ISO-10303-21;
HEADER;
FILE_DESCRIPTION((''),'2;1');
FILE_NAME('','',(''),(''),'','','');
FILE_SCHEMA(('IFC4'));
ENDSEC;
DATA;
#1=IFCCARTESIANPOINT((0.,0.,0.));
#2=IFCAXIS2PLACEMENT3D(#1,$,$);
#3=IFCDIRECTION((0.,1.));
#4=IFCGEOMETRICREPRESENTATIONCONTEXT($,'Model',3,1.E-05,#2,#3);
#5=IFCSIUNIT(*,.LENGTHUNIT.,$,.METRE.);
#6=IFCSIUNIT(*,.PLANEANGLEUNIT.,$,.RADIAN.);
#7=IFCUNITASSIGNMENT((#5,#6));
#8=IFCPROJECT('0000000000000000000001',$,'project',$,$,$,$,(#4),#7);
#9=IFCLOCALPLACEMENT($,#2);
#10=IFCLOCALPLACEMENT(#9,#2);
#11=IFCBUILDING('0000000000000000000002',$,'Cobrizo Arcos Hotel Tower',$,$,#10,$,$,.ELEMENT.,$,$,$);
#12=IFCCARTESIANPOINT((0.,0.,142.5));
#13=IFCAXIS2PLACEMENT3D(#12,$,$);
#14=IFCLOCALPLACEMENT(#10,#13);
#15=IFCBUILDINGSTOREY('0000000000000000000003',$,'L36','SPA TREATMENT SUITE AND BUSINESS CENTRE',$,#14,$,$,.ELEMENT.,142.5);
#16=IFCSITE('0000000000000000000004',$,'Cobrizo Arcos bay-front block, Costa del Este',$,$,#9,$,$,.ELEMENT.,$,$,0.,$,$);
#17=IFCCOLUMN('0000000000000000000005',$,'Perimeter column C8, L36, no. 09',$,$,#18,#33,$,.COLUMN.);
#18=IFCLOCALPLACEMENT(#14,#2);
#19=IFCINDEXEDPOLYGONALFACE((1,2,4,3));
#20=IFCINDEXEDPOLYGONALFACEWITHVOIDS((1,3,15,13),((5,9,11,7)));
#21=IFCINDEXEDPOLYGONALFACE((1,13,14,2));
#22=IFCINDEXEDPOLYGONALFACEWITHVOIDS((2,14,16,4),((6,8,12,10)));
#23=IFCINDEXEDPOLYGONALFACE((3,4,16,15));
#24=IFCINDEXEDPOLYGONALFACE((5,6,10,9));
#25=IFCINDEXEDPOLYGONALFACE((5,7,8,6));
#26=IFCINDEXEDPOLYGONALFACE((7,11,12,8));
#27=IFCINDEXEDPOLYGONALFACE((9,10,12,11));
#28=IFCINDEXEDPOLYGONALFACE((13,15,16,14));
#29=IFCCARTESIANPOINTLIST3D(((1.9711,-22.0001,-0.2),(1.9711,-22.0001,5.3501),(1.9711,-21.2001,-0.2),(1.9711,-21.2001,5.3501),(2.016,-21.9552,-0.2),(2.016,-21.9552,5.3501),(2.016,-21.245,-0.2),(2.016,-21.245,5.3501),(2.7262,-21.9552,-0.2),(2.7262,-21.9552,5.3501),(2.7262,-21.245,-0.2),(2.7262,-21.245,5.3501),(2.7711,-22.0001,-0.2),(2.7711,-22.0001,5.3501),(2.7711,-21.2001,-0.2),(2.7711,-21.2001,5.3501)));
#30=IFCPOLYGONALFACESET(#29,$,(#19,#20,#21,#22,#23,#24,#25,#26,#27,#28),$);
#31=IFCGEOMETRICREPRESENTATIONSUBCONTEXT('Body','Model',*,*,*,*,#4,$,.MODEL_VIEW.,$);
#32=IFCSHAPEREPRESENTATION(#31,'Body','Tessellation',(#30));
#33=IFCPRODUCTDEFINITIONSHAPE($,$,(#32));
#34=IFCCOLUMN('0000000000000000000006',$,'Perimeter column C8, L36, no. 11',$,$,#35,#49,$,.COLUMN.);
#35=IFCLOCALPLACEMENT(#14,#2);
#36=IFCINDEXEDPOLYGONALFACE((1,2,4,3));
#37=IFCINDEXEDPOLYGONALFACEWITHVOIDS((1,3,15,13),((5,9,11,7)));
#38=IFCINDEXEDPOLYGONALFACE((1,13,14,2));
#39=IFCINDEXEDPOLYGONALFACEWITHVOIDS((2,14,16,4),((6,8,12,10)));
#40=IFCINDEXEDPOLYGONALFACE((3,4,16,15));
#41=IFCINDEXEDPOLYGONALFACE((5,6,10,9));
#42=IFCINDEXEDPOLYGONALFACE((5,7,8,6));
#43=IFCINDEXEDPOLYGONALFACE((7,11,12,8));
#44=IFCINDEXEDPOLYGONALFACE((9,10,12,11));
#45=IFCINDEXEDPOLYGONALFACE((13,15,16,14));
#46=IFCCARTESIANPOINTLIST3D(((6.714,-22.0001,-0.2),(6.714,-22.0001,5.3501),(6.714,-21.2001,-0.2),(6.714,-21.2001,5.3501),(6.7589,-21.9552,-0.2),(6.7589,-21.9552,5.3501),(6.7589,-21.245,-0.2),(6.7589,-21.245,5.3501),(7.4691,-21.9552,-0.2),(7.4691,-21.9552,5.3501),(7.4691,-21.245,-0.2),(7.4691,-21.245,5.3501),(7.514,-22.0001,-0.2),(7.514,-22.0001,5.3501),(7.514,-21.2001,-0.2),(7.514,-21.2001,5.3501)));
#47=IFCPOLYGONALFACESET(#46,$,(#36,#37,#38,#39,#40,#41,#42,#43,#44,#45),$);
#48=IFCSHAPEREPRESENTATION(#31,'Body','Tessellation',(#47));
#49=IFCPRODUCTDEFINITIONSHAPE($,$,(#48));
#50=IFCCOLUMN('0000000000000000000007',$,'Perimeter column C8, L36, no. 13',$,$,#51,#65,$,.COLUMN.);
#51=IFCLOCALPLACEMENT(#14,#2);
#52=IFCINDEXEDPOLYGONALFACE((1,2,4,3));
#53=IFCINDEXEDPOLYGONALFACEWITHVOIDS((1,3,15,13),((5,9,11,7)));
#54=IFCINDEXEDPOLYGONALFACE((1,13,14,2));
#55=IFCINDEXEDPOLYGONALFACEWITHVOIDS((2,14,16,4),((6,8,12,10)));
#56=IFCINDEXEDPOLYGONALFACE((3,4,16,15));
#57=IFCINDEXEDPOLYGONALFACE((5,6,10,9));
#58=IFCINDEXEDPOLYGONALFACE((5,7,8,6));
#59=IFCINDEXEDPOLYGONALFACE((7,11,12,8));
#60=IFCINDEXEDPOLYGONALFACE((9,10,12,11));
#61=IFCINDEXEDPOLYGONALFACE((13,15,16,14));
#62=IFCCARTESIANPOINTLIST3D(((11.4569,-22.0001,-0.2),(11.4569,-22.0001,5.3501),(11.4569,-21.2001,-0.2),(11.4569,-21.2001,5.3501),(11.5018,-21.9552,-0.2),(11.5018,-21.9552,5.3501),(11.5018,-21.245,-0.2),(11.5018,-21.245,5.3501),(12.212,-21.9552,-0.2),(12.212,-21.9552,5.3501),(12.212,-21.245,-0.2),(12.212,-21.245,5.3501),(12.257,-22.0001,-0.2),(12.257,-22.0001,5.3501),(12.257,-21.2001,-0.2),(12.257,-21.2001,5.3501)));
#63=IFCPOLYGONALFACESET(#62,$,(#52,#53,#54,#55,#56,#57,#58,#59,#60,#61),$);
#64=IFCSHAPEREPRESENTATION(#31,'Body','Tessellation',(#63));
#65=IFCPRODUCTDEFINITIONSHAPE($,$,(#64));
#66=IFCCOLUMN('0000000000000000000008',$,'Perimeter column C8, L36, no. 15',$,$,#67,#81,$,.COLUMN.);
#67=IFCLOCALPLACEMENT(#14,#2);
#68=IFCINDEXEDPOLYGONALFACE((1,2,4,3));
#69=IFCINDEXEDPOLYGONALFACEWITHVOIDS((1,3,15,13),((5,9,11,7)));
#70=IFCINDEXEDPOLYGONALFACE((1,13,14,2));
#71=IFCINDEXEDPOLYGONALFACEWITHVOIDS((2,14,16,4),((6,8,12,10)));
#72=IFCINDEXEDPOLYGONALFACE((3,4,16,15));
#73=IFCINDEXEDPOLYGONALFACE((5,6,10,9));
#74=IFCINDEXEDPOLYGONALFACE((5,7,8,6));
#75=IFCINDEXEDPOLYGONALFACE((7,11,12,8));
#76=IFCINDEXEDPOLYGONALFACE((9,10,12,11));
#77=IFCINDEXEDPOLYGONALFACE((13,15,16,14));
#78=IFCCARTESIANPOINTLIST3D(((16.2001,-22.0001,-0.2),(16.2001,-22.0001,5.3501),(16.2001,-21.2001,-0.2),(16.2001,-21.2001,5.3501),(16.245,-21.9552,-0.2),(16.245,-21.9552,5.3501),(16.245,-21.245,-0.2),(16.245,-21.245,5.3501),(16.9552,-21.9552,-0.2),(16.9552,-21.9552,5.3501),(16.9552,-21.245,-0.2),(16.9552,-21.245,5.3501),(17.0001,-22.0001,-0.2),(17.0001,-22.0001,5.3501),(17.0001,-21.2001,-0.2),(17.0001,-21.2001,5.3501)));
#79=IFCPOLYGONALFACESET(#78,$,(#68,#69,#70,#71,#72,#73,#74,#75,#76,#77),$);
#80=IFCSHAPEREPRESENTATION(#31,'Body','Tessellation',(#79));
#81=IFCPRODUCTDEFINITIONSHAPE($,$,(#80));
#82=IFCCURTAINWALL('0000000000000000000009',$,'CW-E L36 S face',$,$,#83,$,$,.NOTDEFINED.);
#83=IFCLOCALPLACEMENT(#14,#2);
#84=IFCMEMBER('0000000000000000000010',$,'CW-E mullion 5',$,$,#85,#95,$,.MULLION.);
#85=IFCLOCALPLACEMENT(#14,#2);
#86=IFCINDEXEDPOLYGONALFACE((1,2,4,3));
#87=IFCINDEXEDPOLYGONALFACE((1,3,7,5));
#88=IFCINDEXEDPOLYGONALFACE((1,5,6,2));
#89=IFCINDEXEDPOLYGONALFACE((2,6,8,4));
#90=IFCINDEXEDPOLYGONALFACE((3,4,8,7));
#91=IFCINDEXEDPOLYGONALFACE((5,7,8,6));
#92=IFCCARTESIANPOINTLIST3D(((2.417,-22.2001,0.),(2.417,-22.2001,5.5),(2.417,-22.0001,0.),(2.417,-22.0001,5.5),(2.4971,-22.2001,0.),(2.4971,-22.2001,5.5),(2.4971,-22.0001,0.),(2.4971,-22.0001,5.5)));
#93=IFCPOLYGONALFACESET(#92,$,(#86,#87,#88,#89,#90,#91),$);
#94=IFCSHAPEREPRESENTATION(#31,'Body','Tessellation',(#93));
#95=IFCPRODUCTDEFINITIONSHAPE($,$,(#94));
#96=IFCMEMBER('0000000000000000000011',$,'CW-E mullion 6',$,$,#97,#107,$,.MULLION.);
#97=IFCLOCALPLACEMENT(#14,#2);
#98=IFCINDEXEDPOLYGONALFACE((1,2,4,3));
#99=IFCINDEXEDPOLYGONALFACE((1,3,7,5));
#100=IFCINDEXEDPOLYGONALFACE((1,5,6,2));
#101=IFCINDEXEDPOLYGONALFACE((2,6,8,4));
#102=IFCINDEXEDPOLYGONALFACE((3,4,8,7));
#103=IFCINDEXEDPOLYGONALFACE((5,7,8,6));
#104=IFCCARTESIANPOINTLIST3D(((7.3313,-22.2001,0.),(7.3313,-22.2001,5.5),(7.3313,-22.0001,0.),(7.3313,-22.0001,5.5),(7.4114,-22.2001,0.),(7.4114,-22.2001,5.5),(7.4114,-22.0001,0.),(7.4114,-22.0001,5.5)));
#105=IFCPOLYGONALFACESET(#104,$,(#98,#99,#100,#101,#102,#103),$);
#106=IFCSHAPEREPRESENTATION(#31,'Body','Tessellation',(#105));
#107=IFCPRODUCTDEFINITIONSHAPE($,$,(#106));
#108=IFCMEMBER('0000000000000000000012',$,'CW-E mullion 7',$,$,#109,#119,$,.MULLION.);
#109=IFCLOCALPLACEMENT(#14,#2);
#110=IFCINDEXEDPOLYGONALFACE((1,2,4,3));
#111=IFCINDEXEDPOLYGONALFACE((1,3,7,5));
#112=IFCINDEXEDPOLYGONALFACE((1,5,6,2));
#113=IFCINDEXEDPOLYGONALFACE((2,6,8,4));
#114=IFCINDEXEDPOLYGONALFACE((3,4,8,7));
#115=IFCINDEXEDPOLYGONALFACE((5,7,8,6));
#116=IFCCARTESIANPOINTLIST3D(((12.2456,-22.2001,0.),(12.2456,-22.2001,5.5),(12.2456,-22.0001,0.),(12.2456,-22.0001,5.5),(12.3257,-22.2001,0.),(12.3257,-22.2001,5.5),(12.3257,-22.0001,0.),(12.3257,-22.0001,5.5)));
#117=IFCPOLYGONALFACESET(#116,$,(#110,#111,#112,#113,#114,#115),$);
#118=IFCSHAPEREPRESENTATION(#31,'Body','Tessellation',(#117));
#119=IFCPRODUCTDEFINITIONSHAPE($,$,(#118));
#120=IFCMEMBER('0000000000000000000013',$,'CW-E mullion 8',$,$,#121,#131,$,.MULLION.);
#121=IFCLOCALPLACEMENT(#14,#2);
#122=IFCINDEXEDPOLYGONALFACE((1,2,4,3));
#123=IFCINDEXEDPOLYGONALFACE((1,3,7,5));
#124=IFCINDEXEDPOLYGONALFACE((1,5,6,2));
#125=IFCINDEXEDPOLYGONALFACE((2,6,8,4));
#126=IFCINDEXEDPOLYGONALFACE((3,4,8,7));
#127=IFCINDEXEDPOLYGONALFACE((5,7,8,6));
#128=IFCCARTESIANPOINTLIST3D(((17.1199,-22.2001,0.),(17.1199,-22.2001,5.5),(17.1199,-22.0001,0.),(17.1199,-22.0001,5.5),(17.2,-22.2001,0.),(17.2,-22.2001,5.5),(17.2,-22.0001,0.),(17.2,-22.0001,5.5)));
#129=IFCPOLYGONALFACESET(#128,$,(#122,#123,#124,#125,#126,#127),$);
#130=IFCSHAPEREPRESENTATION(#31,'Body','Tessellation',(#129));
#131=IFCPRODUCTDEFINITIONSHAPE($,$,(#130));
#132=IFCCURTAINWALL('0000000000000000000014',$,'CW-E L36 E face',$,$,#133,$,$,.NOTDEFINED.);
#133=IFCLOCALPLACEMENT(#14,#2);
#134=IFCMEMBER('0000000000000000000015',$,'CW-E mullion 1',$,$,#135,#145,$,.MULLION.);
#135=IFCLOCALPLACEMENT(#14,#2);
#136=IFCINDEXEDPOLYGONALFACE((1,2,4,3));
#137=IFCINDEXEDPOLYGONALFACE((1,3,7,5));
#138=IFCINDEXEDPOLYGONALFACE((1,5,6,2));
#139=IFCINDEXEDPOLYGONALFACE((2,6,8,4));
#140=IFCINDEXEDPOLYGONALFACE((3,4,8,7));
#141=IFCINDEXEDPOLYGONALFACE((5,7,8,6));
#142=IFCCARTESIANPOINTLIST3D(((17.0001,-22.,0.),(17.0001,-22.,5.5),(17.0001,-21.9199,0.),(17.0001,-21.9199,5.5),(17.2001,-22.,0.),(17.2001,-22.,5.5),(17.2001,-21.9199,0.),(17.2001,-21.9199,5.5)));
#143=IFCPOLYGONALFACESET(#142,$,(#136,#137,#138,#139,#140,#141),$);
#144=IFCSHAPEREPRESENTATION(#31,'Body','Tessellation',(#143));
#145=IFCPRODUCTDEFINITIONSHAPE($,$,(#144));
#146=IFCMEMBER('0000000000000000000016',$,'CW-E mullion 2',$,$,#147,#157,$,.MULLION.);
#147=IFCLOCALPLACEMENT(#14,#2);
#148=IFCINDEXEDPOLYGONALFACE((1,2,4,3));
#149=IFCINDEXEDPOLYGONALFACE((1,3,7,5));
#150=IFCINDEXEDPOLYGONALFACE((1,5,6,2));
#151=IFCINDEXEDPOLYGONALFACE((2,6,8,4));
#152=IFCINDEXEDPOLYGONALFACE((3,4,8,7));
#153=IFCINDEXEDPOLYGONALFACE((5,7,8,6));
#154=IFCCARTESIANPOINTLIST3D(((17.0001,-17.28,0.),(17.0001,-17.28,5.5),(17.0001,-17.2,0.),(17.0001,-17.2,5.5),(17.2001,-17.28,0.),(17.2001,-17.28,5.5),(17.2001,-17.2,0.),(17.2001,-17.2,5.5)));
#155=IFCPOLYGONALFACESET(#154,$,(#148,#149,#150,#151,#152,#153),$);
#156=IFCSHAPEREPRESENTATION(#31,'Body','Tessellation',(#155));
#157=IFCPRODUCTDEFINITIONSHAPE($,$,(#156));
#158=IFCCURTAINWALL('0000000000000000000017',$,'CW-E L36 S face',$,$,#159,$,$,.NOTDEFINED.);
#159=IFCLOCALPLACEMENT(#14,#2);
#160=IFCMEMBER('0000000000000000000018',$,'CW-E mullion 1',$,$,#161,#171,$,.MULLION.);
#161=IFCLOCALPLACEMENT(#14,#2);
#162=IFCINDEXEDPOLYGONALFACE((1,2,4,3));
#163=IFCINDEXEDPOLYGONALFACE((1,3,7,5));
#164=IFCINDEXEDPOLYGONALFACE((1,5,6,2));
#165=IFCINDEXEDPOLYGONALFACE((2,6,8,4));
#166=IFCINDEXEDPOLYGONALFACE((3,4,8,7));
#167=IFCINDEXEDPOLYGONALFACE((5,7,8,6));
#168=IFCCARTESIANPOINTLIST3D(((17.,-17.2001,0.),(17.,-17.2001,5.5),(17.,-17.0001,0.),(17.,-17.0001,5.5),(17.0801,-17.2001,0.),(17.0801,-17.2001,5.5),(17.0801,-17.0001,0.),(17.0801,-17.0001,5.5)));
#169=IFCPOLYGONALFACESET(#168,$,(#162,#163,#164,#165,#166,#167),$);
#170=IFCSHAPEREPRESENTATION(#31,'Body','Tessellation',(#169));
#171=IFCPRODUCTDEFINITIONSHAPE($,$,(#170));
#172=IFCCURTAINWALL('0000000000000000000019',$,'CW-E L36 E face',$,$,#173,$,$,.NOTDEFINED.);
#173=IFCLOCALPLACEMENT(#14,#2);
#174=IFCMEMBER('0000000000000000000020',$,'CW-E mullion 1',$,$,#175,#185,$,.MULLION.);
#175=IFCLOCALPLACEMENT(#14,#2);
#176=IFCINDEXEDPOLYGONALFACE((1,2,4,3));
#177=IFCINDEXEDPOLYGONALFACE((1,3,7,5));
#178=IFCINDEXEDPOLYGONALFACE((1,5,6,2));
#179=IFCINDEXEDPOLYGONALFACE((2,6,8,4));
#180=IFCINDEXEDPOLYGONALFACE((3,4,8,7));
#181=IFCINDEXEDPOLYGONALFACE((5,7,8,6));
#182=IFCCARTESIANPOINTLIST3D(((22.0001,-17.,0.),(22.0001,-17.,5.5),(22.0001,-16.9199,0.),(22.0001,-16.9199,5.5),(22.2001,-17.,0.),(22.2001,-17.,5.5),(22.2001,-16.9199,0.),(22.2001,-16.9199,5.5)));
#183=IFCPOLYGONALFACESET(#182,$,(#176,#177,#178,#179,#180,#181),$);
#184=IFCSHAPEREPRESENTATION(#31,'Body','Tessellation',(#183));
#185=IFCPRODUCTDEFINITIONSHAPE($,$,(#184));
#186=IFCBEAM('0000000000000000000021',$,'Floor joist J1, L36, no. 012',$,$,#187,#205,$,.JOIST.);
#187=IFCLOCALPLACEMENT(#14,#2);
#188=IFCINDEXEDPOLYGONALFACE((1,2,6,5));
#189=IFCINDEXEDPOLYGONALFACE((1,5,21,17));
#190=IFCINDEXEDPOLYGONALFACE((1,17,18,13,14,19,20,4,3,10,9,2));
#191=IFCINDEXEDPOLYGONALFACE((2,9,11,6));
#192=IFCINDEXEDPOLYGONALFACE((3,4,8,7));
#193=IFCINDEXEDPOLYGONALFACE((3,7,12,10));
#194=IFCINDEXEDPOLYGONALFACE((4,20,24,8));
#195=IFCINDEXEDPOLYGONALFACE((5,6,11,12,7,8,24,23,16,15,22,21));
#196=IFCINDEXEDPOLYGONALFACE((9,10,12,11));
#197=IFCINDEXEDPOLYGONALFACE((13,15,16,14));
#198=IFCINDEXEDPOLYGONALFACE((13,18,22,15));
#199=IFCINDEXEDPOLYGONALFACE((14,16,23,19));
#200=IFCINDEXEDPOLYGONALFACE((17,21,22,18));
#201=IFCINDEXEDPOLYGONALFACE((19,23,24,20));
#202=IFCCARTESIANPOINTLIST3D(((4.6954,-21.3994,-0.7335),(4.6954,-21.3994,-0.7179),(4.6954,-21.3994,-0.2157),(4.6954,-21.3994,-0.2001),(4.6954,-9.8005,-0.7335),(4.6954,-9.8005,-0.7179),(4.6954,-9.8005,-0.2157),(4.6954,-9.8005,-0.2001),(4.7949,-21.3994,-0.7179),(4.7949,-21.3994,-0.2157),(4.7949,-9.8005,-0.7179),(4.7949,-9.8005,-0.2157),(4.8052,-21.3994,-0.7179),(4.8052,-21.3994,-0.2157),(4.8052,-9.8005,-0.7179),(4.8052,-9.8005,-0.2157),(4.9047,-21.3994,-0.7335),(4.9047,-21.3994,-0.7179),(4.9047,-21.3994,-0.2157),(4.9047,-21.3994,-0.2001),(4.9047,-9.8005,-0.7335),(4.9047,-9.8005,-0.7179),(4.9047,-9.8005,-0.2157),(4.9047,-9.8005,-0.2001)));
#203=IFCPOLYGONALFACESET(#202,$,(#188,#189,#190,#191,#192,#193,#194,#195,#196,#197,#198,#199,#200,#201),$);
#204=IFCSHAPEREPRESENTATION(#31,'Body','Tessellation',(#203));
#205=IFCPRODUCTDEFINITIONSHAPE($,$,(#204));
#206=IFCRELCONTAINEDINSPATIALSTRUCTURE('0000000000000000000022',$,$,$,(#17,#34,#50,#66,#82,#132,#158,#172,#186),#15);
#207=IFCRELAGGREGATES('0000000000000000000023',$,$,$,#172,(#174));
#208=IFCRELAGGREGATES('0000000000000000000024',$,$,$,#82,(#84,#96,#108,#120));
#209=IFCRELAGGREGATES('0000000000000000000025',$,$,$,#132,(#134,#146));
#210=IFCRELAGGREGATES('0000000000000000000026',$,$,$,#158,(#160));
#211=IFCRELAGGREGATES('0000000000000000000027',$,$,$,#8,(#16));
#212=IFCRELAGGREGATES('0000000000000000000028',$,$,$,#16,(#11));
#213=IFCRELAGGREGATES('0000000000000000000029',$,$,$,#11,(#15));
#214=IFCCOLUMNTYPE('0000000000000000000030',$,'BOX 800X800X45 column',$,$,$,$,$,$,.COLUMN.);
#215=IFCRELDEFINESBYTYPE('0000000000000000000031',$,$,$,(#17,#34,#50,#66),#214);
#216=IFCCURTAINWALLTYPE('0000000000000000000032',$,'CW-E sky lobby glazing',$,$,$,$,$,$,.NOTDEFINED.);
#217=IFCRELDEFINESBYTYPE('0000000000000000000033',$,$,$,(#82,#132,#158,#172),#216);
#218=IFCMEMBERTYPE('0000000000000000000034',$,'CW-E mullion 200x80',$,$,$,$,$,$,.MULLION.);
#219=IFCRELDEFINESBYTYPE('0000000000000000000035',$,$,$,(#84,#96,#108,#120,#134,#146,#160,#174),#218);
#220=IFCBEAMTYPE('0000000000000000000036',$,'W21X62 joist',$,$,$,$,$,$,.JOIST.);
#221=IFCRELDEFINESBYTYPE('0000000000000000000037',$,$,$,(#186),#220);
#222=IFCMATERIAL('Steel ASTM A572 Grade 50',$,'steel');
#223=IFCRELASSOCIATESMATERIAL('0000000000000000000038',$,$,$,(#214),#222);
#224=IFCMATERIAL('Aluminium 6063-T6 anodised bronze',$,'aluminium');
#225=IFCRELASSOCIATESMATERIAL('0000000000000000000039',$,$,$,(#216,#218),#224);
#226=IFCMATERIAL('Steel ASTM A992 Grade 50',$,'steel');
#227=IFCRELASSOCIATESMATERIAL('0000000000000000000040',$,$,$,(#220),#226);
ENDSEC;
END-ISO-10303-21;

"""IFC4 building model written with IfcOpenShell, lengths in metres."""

from ifc_helpers import new_model, si_unit, direction, frame, origin, origin_2d, place, context, subcontext, project, spatial, rectangle, hollow_rectangle, i_section, extrude, material, material_profile, profile_set, type_object, element, aggregate, save


model = new_model("IFC4")

# Units and contexts
model_context = context("Model", 3, precision=1e-05, world=origin(), true_north=direction((0.0, 1.0)))
body_context = subcontext(model_context, "Body", "Model", "MODEL_VIEW")
ifc_project = project(units=[si_unit("LENGTHUNIT", "METRE"), si_unit("PLANEANGLEUNIT", "RADIAN")], contexts=[model_context])

# Site, building, storey
site_placement = place(None, origin())
site = spatial("IfcSite", under=ifc_project, at=site_placement, Name="Cobrizo Arcos bay-front block, Costa del Este", CompositionType="ELEMENT", RefElevation=0.0)
building_placement = place(site_placement, origin())
building = spatial("IfcBuilding", under=site, at=building_placement, Name="Cobrizo Arcos Hotel Tower", CompositionType="ELEMENT")
storey_placement = place(building_placement, frame((0.0, 0.0, 142.5)))
storey = spatial("IfcBuildingStorey", under=building, at=storey_placement, Name="L36", Description="SPA TREATMENT SUITE AND BUSINESS CENTRE", CompositionType="ELEMENT", Elevation=142.5)

# Columns
ifc_material_1 = material(Name="Steel ASTM A572 Grade 50", Category="steel")
ifc_material_profile_1 = material_profile(ifc_material_1, hollow_rectangle(XDim=0.8, YDim=0.8, WallThickness=0.0449, at=origin_2d()), Name="BOX 800X800X45")
ifc_profile_set_1 = profile_set([ifc_material_profile_1], Name="Steel ASTM A572 Grade 50")
column_type = type_object("IfcColumnType", Name="BOX 800X800X45 column", PredefinedType="COLUMN", material=ifc_profile_set_1)
for number, where, z_axis, x_axis, name in (
    (1, (2.3711, -21.6001, -0.2), (0.0, 0.0, 1.0), (1.0, 0.0, 0.0), "Perimeter column C8, L36, no. 09"),
    (2, (7.114, -21.6001, -0.2), (0.0, 0.0, 1.0), (1.0, 0.0, 0.0), "Perimeter column C8, L36, no. 11"),
    (3, (11.8569, -21.6001, -0.2), (0.0, 0.0, 1.0), (1.0, 0.0, 0.0), "Perimeter column C8, L36, no. 13"),
    (4, (16.6001, -21.6001, -0.2), (0.0, 0.0, 1.0), (1.0, 0.0, 0.0), "Perimeter column C8, L36, no. 15"),
):
    element("IfcColumn", number, at=place(storey_placement, frame(where, z_axis=z_axis, x_axis=x_axis)), inside=storey, type_object=column_type, Name=name, PredefinedType="COLUMN", context=body_context, shape_type="SweptSolid", body=[
        extrude(hollow_rectangle(XDim=0.8, YDim=0.8, WallThickness=0.0449, at=origin_2d()), origin(), (0.0, 0.0, 1.0), 5.55),
    ])

# Curtain walls, members
ifc_material_2 = material(Name="Aluminium 6063-T6 anodised bronze", Category="aluminium")
curtain_wall_type = type_object("IfcCurtainWallType", Name="CW-E sky lobby glazing", PredefinedType="NOTDEFINED", material=ifc_material_2)
curtain_wall_1_placement = place(storey_placement, origin())
curtain_wall_1 = element("IfcCurtainWall", 5, at=curtain_wall_1_placement, inside=storey, type_object=curtain_wall_type, Name="CW-E L36 S face", PredefinedType="NOTDEFINED")
ifc_material_profile_2 = material_profile(ifc_material_2, rectangle(XDim=0.2, YDim=0.0801, at=origin_2d()), Name="CW-E mullion 200x80")
ifc_profile_set_2 = profile_set([ifc_material_profile_2], Name="Aluminium 6063-T6 anodised bronze")
member_type = type_object("IfcMemberType", Name="CW-E mullion 200x80", PredefinedType="MULLION", material=ifc_profile_set_2)
member_1_placement = place(storey_placement, frame((2.457, -22.1001, 0.0), z_axis=(0.0, 0.0, 1.0), x_axis=(0.0, -1.0, 0.0)))
member_1 = element("IfcMember", 6, at=member_1_placement, type_object=member_type, Name="CW-E mullion 5", PredefinedType="MULLION", context=body_context, shape_type="SweptSolid", body=[
    extrude(rectangle(XDim=0.2, YDim=0.0801, at=origin_2d()), origin(), (0.0, 0.0, 1.0), 5.5),
])
member_2_placement = place(storey_placement, frame((7.3713, -22.1001, 0.0), z_axis=(0.0, 0.0, 1.0), x_axis=(0.0, -1.0, 0.0)))
member_2 = element("IfcMember", 7, at=member_2_placement, type_object=member_type, Name="CW-E mullion 6", PredefinedType="MULLION", context=body_context, shape_type="SweptSolid", body=[
    extrude(rectangle(XDim=0.2, YDim=0.0801, at=origin_2d()), origin(), (0.0, 0.0, 1.0), 5.5),
])
member_3_placement = place(storey_placement, frame((12.2856, -22.1001, 0.0), z_axis=(0.0, 0.0, 1.0), x_axis=(0.0, -1.0, 0.0)))
member_3 = element("IfcMember", 8, at=member_3_placement, type_object=member_type, Name="CW-E mullion 7", PredefinedType="MULLION", context=body_context, shape_type="SweptSolid", body=[
    extrude(rectangle(XDim=0.2, YDim=0.0801, at=origin_2d()), origin(), (0.0, 0.0, 1.0), 5.5),
])
member_4_placement = place(storey_placement, frame((17.1599, -22.1001, 0.0), z_axis=(0.0, 0.0, 1.0), x_axis=(0.0, -1.0, 0.0)))
member_4 = element("IfcMember", 9, at=member_4_placement, type_object=member_type, Name="CW-E mullion 8", PredefinedType="MULLION", context=body_context, shape_type="SweptSolid", body=[
    extrude(rectangle(XDim=0.2, YDim=0.0801, at=origin_2d()), origin(), (0.0, 0.0, 1.0), 5.5),
])
curtain_wall_2_placement = place(storey_placement, origin())
curtain_wall_2 = element("IfcCurtainWall", 10, at=curtain_wall_2_placement, inside=storey, type_object=curtain_wall_type, Name="CW-E L36 E face", PredefinedType="NOTDEFINED")
member_5_placement = place(storey_placement, frame((17.1001, -21.96, 0.0), z_axis=(0.0, 0.0, 1.0), x_axis=(1.0, 0.0, 0.0)))
member_5 = element("IfcMember", 11, at=member_5_placement, type_object=member_type, Name="CW-E mullion 1", PredefinedType="MULLION", context=body_context, shape_type="SweptSolid", body=[
    extrude(rectangle(XDim=0.2, YDim=0.0801, at=origin_2d()), origin(), (0.0, 0.0, 1.0), 5.5),
])
member_6_placement = place(storey_placement, frame((17.1001, -17.24, 0.0), z_axis=(0.0, 0.0, 1.0), x_axis=(1.0, 0.0, 0.0)))
member_6 = element("IfcMember", 12, at=member_6_placement, type_object=member_type, Name="CW-E mullion 2", PredefinedType="MULLION", context=body_context, shape_type="SweptSolid", body=[
    extrude(rectangle(XDim=0.2, YDim=0.0801, at=origin_2d()), origin(), (0.0, 0.0, 1.0), 5.5),
])

# Curtain walls, members
curtain_wall_3_placement = place(storey_placement, origin())
curtain_wall_3 = element("IfcCurtainWall", 13, at=curtain_wall_3_placement, inside=storey, type_object=curtain_wall_type, Name="CW-E L36 S face", PredefinedType="NOTDEFINED")
member_7_placement = place(storey_placement, frame((17.04, -17.1001, 0.0), z_axis=(0.0, 0.0, 1.0), x_axis=(0.0, -1.0, 0.0)))
member_7 = element("IfcMember", 14, at=member_7_placement, type_object=member_type, Name="CW-E mullion 1", PredefinedType="MULLION", context=body_context, shape_type="SweptSolid", body=[
    extrude(rectangle(XDim=0.2, YDim=0.0801, at=origin_2d()), origin(), (0.0, 0.0, 1.0), 5.5),
])
curtain_wall_4_placement = place(storey_placement, origin())
curtain_wall_4 = element("IfcCurtainWall", 15, at=curtain_wall_4_placement, inside=storey, type_object=curtain_wall_type, Name="CW-E L36 E face", PredefinedType="NOTDEFINED")
member_8_placement = place(storey_placement, frame((22.1001, -16.96, 0.0), z_axis=(0.0, 0.0, 1.0), x_axis=(1.0, 0.0, 0.0)))
member_8 = element("IfcMember", 16, at=member_8_placement, type_object=member_type, Name="CW-E mullion 1", PredefinedType="MULLION", context=body_context, shape_type="SweptSolid", body=[
    extrude(rectangle(XDim=0.2, YDim=0.0801, at=origin_2d()), origin(), (0.0, 0.0, 1.0), 5.5),
])
aggregate(curtain_wall_4, [member_8])

# Beam
ifc_material_3 = material(Name="Steel ASTM A992 Grade 50", Category="steel")
ifc_material_profile_3 = material_profile(ifc_material_3, i_section(OverallWidth=0.2092, OverallDepth=0.5334, WebThickness=0.0103, FlangeThickness=0.0156, at=origin_2d()), Name="W21X62")
ifc_profile_set_3 = profile_set([ifc_material_profile_3], Name="Steel ASTM A992 Grade 50")
beam_type_1 = type_object("IfcBeamType", Name="W21X62 joist", PredefinedType="JOIST", material=ifc_profile_set_3)
beam_1_placement = place(storey_placement, frame((4.8, -21.3994, -0.4668), z_axis=(0.0, 1.0, 0.0), x_axis=(-1.0, 0.0, 0.0)))
element("IfcBeam", 17, at=beam_1_placement, inside=storey, type_object=beam_type_1, Name="Floor joist J1, L36, no. 012", PredefinedType="JOIST", context=body_context, shape_type="SweptSolid", body=[
    extrude(i_section(OverallWidth=0.2092, OverallDepth=0.5334, WebThickness=0.0103, FlangeThickness=0.0156, at=origin_2d()), origin(), (0.0, 0.0, 1.0), 11.5989),
])

aggregate(curtain_wall_1, [member_1, member_2, member_3, member_4])
aggregate(curtain_wall_2, [member_5, member_6])
aggregate(curtain_wall_3, [member_7])

save(model, "model.ifc")
